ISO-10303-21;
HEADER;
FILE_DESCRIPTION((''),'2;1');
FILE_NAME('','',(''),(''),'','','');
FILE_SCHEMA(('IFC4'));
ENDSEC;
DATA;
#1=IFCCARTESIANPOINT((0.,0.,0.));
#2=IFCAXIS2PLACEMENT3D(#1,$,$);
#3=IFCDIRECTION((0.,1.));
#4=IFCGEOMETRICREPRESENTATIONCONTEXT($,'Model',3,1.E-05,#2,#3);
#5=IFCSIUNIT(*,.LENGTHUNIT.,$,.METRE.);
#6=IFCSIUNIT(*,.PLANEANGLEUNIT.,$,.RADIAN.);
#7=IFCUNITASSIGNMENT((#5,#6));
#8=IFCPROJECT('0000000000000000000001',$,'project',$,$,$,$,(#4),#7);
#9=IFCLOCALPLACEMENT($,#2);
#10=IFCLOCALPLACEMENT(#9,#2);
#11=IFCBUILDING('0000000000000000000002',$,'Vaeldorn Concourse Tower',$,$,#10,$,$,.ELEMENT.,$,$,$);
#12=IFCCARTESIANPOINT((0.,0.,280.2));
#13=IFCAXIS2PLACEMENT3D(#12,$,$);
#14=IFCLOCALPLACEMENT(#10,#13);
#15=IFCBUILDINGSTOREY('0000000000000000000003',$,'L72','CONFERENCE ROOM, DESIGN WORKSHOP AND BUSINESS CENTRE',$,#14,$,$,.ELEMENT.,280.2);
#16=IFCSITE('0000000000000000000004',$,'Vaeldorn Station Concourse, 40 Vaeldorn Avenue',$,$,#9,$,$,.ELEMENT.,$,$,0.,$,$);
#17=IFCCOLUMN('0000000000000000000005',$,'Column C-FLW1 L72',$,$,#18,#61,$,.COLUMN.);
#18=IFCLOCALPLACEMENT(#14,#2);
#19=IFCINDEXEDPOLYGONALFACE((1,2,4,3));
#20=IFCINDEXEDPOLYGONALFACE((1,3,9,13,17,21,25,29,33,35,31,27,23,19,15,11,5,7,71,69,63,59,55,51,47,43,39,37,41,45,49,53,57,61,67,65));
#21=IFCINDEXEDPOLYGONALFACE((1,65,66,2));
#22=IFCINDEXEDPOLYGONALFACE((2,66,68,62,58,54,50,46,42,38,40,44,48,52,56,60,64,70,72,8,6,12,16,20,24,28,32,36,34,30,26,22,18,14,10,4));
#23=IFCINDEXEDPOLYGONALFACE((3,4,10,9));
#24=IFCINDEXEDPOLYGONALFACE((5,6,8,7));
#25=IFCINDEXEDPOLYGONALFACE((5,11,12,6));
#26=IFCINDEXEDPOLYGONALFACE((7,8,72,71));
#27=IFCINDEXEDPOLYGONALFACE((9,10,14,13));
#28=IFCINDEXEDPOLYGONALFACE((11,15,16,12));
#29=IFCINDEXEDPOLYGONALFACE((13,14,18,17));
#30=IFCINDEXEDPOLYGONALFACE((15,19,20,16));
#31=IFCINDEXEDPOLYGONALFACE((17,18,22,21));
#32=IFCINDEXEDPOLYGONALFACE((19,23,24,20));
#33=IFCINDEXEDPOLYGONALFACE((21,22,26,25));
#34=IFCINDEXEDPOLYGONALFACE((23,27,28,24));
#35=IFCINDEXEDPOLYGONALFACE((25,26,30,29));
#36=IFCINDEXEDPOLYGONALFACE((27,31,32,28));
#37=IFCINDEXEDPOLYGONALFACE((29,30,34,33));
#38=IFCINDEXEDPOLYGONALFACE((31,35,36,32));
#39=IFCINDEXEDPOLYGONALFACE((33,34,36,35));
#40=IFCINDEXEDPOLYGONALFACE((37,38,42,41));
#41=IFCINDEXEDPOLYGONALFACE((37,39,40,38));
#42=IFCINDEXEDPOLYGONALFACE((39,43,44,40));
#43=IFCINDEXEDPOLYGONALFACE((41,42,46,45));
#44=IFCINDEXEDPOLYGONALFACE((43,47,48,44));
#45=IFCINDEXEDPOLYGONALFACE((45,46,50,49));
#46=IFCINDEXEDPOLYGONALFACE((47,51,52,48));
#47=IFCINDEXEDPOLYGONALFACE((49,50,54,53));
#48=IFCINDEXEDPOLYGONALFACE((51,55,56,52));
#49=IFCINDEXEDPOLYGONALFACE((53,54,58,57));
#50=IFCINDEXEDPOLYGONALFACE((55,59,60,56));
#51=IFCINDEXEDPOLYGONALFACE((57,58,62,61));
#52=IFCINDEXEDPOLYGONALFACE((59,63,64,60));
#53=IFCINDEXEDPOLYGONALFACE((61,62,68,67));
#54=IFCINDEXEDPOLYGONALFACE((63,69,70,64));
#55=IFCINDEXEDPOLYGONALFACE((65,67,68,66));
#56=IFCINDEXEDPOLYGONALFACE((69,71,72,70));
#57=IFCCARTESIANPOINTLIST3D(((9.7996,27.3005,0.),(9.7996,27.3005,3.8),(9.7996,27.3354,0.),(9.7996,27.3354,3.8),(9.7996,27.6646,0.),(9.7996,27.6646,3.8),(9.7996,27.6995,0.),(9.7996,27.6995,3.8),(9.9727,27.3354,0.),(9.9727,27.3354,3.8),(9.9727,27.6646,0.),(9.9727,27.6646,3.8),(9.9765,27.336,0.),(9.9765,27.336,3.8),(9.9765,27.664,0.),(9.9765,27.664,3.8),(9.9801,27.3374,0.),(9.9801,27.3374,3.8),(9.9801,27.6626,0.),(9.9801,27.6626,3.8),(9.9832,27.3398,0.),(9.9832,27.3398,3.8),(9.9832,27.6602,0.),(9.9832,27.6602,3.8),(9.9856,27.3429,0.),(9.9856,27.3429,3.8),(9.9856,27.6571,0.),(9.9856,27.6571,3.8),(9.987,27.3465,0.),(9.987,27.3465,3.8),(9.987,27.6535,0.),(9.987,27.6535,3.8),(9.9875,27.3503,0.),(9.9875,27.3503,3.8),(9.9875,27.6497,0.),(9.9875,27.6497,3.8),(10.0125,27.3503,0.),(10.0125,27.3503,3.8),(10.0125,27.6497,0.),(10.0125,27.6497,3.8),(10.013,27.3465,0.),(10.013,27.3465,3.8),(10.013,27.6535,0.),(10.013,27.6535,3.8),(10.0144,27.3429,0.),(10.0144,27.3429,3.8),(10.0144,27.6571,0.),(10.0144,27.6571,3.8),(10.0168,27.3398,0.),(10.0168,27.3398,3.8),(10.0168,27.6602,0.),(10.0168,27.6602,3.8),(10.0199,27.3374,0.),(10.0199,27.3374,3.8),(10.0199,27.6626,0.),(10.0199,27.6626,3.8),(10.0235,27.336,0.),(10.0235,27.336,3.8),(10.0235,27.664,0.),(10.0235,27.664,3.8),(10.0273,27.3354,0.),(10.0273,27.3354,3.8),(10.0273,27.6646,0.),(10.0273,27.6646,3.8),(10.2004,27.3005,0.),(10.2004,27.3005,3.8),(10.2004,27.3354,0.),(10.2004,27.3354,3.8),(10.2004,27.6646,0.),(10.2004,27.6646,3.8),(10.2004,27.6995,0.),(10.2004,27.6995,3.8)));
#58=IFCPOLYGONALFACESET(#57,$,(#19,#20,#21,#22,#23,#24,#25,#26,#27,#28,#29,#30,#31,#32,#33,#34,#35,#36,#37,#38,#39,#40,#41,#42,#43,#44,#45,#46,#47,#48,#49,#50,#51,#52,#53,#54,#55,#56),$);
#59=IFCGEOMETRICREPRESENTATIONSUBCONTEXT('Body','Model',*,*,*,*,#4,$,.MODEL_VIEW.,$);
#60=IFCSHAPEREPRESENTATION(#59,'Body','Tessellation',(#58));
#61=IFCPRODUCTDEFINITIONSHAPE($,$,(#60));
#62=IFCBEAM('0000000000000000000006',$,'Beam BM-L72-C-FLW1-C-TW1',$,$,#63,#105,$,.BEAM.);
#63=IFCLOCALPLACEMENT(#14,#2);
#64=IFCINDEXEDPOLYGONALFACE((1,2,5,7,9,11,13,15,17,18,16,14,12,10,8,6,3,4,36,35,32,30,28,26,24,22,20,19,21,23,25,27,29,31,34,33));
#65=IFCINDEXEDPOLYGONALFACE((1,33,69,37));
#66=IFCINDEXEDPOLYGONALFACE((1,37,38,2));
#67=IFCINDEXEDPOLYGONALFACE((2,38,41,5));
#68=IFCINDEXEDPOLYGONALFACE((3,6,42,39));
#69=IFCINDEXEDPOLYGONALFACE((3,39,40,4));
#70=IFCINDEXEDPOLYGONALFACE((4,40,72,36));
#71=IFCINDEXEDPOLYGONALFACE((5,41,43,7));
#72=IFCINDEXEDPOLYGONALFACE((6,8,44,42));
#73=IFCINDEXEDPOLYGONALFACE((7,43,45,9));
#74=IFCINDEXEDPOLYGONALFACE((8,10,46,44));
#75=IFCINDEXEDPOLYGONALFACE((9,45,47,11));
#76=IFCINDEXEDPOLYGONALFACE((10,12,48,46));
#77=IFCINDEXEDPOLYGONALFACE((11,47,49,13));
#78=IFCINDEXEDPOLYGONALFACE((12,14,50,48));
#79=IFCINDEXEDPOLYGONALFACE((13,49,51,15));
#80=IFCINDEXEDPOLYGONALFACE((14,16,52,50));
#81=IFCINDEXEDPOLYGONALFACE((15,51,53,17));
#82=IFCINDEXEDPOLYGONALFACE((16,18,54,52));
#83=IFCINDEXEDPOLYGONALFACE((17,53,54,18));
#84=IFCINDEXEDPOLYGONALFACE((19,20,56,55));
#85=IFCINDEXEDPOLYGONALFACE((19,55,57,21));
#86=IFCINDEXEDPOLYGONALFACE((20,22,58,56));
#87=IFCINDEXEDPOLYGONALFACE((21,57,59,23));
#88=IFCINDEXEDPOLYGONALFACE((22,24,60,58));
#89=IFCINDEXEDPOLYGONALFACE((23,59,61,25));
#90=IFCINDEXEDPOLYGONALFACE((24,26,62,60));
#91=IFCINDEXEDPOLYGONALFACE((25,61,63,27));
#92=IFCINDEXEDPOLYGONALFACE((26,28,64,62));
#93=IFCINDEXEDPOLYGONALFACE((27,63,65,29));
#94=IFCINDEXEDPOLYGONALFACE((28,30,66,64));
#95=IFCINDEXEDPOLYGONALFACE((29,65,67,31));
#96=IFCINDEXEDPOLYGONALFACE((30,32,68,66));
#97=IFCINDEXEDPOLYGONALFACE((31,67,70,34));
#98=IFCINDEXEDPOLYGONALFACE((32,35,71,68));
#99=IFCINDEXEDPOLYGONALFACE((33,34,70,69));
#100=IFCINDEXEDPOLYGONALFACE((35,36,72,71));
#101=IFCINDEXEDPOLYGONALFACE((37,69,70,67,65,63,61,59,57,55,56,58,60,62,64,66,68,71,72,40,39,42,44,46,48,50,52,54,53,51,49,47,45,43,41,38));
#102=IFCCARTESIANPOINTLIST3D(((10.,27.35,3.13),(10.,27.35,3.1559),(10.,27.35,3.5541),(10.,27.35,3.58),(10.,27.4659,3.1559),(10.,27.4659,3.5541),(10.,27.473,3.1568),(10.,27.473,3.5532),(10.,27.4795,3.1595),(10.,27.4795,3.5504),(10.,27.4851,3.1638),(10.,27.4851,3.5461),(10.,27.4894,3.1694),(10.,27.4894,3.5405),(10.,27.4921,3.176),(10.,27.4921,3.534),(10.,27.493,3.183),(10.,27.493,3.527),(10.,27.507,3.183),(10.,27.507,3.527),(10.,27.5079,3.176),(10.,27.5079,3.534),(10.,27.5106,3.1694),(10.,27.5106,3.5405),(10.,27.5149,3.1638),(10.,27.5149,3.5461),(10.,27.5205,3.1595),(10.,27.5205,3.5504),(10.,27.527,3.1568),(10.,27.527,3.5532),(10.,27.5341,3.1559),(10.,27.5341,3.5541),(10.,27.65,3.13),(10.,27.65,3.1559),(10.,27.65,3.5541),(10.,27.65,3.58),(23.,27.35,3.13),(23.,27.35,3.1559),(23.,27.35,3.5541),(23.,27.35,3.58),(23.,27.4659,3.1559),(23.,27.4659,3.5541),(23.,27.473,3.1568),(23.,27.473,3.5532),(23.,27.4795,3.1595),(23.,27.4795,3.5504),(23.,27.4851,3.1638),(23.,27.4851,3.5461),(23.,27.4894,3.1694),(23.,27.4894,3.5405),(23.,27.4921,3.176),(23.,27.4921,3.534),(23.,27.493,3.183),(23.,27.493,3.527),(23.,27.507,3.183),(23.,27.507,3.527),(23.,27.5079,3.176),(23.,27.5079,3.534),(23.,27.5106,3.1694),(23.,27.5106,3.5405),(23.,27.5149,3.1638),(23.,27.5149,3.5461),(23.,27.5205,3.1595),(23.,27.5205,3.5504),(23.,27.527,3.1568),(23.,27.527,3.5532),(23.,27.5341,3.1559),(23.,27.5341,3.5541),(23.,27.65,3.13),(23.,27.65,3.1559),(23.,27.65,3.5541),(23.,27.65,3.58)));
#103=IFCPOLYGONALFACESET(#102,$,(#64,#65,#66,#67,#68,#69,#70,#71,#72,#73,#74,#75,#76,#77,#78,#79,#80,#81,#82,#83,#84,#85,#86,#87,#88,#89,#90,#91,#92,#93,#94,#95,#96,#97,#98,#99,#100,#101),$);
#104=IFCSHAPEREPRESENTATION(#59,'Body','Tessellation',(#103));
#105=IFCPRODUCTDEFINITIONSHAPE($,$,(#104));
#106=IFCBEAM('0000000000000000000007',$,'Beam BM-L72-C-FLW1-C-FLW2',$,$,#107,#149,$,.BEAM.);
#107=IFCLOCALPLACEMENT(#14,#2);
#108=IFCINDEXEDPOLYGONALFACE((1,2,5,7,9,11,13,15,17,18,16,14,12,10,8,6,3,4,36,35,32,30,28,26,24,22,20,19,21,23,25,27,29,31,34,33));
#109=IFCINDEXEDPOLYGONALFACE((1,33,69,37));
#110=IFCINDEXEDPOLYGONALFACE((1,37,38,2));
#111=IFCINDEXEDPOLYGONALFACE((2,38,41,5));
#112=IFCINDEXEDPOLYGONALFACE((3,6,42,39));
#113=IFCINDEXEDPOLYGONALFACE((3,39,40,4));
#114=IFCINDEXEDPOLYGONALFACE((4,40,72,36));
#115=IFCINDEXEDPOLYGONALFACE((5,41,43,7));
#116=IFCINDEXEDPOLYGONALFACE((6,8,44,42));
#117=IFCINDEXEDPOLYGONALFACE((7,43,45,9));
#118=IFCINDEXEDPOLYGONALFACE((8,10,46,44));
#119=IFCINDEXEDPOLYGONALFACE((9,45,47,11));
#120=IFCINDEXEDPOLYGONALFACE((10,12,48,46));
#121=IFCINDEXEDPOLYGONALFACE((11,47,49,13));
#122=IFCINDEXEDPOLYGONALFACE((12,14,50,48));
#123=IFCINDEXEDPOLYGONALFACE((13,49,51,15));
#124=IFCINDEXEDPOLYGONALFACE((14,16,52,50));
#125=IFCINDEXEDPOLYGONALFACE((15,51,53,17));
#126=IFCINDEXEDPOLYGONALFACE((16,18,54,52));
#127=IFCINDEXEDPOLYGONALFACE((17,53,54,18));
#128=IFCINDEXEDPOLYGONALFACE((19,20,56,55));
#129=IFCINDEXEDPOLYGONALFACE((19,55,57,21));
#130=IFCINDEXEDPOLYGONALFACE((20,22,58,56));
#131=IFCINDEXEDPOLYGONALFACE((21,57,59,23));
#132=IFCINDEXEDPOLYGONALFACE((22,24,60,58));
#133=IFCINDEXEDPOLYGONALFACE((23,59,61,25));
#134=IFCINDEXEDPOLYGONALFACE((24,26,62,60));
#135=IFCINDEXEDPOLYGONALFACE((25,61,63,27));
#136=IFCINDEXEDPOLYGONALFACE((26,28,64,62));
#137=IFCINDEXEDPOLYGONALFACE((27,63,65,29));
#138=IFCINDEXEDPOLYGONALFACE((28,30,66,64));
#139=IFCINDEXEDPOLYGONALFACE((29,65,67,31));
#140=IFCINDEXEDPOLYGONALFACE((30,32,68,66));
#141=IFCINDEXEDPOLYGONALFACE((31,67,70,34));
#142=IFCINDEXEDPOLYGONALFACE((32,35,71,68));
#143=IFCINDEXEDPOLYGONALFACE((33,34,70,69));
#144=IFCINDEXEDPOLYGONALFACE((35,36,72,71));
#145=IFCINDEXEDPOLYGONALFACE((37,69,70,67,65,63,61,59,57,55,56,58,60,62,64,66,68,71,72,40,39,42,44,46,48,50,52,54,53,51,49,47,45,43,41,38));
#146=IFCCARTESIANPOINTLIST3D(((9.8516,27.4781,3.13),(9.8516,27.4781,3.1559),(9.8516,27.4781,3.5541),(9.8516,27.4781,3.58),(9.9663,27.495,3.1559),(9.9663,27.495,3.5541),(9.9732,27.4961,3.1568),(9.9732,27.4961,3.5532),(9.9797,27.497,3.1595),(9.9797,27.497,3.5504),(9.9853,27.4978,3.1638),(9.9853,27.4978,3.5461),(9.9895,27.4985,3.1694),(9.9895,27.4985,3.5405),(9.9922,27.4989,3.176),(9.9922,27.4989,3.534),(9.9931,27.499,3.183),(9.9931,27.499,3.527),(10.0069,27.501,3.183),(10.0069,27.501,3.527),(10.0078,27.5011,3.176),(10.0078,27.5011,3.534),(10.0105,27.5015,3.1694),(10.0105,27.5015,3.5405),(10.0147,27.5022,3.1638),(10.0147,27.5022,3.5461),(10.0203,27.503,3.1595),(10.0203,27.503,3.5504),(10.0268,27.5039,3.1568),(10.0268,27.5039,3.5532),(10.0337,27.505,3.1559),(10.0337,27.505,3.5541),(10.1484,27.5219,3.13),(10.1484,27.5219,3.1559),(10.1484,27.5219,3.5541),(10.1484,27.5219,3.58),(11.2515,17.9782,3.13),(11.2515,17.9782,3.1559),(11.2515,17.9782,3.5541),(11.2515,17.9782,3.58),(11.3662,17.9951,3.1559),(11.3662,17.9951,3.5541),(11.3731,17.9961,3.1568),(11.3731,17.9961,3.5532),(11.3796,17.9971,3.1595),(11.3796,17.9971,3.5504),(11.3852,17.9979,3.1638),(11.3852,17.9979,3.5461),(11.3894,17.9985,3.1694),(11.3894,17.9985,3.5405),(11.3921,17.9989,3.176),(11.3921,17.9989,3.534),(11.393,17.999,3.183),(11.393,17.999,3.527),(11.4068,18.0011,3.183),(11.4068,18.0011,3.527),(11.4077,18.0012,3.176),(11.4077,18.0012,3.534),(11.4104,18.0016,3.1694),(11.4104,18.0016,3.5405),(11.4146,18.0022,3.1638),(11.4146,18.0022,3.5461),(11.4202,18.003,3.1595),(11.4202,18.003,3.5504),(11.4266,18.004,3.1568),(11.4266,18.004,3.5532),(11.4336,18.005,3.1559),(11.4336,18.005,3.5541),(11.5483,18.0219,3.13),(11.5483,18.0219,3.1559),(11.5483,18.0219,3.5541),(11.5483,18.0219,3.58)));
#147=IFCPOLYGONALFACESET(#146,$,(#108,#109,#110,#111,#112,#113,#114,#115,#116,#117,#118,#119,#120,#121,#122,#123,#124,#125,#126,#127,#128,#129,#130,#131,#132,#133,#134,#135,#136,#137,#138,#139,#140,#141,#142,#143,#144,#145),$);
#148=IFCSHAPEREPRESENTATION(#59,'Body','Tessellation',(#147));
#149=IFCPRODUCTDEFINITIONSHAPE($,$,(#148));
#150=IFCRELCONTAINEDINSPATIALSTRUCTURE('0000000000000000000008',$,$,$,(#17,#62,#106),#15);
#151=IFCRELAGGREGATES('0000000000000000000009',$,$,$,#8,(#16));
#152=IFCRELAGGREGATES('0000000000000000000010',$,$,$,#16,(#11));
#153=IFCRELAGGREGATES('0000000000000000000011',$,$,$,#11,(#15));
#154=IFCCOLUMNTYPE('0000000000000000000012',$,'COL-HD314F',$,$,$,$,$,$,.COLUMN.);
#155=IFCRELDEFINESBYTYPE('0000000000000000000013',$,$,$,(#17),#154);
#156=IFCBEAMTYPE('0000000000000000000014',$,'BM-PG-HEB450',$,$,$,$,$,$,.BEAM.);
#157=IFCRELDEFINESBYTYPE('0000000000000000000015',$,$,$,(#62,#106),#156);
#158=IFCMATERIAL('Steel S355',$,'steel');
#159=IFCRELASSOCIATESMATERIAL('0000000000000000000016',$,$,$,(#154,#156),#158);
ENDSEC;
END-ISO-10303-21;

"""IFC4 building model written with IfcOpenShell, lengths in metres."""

from ifc_helpers import new_model, si_unit, direction, frame, origin, origin_2d, place, context, subcontext, project, spatial, i_section, extrude, source, transform, mapped, material, material_profile, profile_set, type_object, element, save


model = new_model("IFC4")

# Units and contexts
model_context = context("Model", 3, precision=1e-05, world=origin(), true_north=direction((0.0, 1.0)))
body_context = subcontext(model_context, "Body", "Model", "MODEL_VIEW")
ifc_project = project(units=[si_unit("LENGTHUNIT", "METRE"), si_unit("PLANEANGLEUNIT", "RADIAN")], contexts=[model_context])

# Site, building, storey
site_placement = place(None, origin())
site = spatial("IfcSite", under=ifc_project, at=site_placement, Name="Vaeldorn Station Concourse, 40 Vaeldorn Avenue", CompositionType="ELEMENT", RefElevation=0.0)
building_placement = place(site_placement, origin())
building = spatial("IfcBuilding", under=site, at=building_placement, Name="Vaeldorn Concourse Tower", CompositionType="ELEMENT")
storey_placement = place(building_placement, frame((0.0, 0.0, 280.2)))
storey = spatial("IfcBuildingStorey", under=building, at=storey_placement, Name="L72", Description="CONFERENCE ROOM, DESIGN WORKSHOP AND BUSINESS CENTRE", CompositionType="ELEMENT", Elevation=280.2)

# Column
ifc_material_1 = material(Name="Steel S355", Category="steel")
ifc_material_profile_1 = material_profile(ifc_material_1, i_section(OverallWidth=0.4009, OverallDepth=0.3989, WebThickness=0.0249, FlangeThickness=0.0349, FilletRadius=0.0149, at=origin_2d()), Name="HD 400x314")
ifc_profile_set_1 = profile_set([ifc_material_profile_1], Name="Steel S355")
column_type = type_object("IfcColumnType", Name="COL-HD314F", PredefinedType="COLUMN", material=ifc_profile_set_1)
shared_shape_1 = source(origin(), body_context, "Body", "SweptSolid", [
    extrude(i_section(OverallWidth=0.4009, OverallDepth=0.3989, WebThickness=0.0249, FlangeThickness=0.0349, FilletRadius=0.0149, at=origin_2d()), origin(), (0.0, 0.0, 1.0), 3.8),
])
column_placement = place(storey_placement, frame((10.0, 27.5, 0.0), z_axis=(0.0, 0.0, 1.0), x_axis=(1.0, 0.0, 0.0)))
element("IfcColumn", 1, at=column_placement, inside=storey, type_object=column_type, Name="Column C-FLW1 L72", PredefinedType="COLUMN", context=body_context, shape_type="MappedRepresentation", body=[
    mapped(shared_shape_1, transform((0.0, 0.0, 0.0), scale=1.0)),
])

# Beams
ifc_material_profile_2 = material_profile(ifc_material_1, i_section(OverallWidth=0.3, OverallDepth=0.45, WebThickness=0.0139, FlangeThickness=0.0259, FilletRadius=0.0271, at=origin_2d()), Name="HEB 450")
ifc_profile_set_2 = profile_set([ifc_material_profile_2], Name="Steel S355")
beam_type_1 = type_object("IfcBeamType", Name="BM-PG-HEB450", PredefinedType="BEAM", material=ifc_profile_set_2)
shared_shape_2 = source(origin(), body_context, "Body", "SweptSolid", [
    extrude(i_section(OverallWidth=0.3, OverallDepth=0.45, WebThickness=0.0139, FlangeThickness=0.0259, FilletRadius=0.0271, at=origin_2d()), origin(), (0.0, 0.0, 1.0), 13.0),
])
beam_1_placement = place(storey_placement, frame((10.0, 27.5, 3.355), z_axis=(1.0, 0.0, 0.0), x_axis=(0.0, 1.0, 0.0)))
element("IfcBeam", 2, at=beam_1_placement, inside=storey, type_object=beam_type_1, Name="Beam BM-L72-C-FLW1-C-TW1", PredefinedType="BEAM", context=body_context, shape_type="MappedRepresentation", body=[
    mapped(shared_shape_2, transform((0.0, 0.0, 0.0), scale=1.0)),
])
shared_shape_3 = source(origin(), body_context, "Body", "SweptSolid", [
    extrude(i_section(OverallWidth=0.3, OverallDepth=0.45, WebThickness=0.0139, FlangeThickness=0.0259, FilletRadius=0.0271, at=origin_2d()), origin(), (0.0, 0.0, 1.0), 9.6025),
])
beam_2_placement = place(storey_placement, frame((10.0, 27.5, 3.355), z_axis=(0.145784, -0.989316, 0.0), x_axis=(0.989316, 0.145784, 0.0)))
element("IfcBeam", 3, at=beam_2_placement, inside=storey, type_object=beam_type_1, Name="Beam BM-L72-C-FLW1-C-FLW2", PredefinedType="BEAM", context=body_context, shape_type="MappedRepresentation", body=[
    mapped(shared_shape_3, transform((0.0, 0.0, 0.0), scale=1.0)),
])

save(model, "model.ifc")
